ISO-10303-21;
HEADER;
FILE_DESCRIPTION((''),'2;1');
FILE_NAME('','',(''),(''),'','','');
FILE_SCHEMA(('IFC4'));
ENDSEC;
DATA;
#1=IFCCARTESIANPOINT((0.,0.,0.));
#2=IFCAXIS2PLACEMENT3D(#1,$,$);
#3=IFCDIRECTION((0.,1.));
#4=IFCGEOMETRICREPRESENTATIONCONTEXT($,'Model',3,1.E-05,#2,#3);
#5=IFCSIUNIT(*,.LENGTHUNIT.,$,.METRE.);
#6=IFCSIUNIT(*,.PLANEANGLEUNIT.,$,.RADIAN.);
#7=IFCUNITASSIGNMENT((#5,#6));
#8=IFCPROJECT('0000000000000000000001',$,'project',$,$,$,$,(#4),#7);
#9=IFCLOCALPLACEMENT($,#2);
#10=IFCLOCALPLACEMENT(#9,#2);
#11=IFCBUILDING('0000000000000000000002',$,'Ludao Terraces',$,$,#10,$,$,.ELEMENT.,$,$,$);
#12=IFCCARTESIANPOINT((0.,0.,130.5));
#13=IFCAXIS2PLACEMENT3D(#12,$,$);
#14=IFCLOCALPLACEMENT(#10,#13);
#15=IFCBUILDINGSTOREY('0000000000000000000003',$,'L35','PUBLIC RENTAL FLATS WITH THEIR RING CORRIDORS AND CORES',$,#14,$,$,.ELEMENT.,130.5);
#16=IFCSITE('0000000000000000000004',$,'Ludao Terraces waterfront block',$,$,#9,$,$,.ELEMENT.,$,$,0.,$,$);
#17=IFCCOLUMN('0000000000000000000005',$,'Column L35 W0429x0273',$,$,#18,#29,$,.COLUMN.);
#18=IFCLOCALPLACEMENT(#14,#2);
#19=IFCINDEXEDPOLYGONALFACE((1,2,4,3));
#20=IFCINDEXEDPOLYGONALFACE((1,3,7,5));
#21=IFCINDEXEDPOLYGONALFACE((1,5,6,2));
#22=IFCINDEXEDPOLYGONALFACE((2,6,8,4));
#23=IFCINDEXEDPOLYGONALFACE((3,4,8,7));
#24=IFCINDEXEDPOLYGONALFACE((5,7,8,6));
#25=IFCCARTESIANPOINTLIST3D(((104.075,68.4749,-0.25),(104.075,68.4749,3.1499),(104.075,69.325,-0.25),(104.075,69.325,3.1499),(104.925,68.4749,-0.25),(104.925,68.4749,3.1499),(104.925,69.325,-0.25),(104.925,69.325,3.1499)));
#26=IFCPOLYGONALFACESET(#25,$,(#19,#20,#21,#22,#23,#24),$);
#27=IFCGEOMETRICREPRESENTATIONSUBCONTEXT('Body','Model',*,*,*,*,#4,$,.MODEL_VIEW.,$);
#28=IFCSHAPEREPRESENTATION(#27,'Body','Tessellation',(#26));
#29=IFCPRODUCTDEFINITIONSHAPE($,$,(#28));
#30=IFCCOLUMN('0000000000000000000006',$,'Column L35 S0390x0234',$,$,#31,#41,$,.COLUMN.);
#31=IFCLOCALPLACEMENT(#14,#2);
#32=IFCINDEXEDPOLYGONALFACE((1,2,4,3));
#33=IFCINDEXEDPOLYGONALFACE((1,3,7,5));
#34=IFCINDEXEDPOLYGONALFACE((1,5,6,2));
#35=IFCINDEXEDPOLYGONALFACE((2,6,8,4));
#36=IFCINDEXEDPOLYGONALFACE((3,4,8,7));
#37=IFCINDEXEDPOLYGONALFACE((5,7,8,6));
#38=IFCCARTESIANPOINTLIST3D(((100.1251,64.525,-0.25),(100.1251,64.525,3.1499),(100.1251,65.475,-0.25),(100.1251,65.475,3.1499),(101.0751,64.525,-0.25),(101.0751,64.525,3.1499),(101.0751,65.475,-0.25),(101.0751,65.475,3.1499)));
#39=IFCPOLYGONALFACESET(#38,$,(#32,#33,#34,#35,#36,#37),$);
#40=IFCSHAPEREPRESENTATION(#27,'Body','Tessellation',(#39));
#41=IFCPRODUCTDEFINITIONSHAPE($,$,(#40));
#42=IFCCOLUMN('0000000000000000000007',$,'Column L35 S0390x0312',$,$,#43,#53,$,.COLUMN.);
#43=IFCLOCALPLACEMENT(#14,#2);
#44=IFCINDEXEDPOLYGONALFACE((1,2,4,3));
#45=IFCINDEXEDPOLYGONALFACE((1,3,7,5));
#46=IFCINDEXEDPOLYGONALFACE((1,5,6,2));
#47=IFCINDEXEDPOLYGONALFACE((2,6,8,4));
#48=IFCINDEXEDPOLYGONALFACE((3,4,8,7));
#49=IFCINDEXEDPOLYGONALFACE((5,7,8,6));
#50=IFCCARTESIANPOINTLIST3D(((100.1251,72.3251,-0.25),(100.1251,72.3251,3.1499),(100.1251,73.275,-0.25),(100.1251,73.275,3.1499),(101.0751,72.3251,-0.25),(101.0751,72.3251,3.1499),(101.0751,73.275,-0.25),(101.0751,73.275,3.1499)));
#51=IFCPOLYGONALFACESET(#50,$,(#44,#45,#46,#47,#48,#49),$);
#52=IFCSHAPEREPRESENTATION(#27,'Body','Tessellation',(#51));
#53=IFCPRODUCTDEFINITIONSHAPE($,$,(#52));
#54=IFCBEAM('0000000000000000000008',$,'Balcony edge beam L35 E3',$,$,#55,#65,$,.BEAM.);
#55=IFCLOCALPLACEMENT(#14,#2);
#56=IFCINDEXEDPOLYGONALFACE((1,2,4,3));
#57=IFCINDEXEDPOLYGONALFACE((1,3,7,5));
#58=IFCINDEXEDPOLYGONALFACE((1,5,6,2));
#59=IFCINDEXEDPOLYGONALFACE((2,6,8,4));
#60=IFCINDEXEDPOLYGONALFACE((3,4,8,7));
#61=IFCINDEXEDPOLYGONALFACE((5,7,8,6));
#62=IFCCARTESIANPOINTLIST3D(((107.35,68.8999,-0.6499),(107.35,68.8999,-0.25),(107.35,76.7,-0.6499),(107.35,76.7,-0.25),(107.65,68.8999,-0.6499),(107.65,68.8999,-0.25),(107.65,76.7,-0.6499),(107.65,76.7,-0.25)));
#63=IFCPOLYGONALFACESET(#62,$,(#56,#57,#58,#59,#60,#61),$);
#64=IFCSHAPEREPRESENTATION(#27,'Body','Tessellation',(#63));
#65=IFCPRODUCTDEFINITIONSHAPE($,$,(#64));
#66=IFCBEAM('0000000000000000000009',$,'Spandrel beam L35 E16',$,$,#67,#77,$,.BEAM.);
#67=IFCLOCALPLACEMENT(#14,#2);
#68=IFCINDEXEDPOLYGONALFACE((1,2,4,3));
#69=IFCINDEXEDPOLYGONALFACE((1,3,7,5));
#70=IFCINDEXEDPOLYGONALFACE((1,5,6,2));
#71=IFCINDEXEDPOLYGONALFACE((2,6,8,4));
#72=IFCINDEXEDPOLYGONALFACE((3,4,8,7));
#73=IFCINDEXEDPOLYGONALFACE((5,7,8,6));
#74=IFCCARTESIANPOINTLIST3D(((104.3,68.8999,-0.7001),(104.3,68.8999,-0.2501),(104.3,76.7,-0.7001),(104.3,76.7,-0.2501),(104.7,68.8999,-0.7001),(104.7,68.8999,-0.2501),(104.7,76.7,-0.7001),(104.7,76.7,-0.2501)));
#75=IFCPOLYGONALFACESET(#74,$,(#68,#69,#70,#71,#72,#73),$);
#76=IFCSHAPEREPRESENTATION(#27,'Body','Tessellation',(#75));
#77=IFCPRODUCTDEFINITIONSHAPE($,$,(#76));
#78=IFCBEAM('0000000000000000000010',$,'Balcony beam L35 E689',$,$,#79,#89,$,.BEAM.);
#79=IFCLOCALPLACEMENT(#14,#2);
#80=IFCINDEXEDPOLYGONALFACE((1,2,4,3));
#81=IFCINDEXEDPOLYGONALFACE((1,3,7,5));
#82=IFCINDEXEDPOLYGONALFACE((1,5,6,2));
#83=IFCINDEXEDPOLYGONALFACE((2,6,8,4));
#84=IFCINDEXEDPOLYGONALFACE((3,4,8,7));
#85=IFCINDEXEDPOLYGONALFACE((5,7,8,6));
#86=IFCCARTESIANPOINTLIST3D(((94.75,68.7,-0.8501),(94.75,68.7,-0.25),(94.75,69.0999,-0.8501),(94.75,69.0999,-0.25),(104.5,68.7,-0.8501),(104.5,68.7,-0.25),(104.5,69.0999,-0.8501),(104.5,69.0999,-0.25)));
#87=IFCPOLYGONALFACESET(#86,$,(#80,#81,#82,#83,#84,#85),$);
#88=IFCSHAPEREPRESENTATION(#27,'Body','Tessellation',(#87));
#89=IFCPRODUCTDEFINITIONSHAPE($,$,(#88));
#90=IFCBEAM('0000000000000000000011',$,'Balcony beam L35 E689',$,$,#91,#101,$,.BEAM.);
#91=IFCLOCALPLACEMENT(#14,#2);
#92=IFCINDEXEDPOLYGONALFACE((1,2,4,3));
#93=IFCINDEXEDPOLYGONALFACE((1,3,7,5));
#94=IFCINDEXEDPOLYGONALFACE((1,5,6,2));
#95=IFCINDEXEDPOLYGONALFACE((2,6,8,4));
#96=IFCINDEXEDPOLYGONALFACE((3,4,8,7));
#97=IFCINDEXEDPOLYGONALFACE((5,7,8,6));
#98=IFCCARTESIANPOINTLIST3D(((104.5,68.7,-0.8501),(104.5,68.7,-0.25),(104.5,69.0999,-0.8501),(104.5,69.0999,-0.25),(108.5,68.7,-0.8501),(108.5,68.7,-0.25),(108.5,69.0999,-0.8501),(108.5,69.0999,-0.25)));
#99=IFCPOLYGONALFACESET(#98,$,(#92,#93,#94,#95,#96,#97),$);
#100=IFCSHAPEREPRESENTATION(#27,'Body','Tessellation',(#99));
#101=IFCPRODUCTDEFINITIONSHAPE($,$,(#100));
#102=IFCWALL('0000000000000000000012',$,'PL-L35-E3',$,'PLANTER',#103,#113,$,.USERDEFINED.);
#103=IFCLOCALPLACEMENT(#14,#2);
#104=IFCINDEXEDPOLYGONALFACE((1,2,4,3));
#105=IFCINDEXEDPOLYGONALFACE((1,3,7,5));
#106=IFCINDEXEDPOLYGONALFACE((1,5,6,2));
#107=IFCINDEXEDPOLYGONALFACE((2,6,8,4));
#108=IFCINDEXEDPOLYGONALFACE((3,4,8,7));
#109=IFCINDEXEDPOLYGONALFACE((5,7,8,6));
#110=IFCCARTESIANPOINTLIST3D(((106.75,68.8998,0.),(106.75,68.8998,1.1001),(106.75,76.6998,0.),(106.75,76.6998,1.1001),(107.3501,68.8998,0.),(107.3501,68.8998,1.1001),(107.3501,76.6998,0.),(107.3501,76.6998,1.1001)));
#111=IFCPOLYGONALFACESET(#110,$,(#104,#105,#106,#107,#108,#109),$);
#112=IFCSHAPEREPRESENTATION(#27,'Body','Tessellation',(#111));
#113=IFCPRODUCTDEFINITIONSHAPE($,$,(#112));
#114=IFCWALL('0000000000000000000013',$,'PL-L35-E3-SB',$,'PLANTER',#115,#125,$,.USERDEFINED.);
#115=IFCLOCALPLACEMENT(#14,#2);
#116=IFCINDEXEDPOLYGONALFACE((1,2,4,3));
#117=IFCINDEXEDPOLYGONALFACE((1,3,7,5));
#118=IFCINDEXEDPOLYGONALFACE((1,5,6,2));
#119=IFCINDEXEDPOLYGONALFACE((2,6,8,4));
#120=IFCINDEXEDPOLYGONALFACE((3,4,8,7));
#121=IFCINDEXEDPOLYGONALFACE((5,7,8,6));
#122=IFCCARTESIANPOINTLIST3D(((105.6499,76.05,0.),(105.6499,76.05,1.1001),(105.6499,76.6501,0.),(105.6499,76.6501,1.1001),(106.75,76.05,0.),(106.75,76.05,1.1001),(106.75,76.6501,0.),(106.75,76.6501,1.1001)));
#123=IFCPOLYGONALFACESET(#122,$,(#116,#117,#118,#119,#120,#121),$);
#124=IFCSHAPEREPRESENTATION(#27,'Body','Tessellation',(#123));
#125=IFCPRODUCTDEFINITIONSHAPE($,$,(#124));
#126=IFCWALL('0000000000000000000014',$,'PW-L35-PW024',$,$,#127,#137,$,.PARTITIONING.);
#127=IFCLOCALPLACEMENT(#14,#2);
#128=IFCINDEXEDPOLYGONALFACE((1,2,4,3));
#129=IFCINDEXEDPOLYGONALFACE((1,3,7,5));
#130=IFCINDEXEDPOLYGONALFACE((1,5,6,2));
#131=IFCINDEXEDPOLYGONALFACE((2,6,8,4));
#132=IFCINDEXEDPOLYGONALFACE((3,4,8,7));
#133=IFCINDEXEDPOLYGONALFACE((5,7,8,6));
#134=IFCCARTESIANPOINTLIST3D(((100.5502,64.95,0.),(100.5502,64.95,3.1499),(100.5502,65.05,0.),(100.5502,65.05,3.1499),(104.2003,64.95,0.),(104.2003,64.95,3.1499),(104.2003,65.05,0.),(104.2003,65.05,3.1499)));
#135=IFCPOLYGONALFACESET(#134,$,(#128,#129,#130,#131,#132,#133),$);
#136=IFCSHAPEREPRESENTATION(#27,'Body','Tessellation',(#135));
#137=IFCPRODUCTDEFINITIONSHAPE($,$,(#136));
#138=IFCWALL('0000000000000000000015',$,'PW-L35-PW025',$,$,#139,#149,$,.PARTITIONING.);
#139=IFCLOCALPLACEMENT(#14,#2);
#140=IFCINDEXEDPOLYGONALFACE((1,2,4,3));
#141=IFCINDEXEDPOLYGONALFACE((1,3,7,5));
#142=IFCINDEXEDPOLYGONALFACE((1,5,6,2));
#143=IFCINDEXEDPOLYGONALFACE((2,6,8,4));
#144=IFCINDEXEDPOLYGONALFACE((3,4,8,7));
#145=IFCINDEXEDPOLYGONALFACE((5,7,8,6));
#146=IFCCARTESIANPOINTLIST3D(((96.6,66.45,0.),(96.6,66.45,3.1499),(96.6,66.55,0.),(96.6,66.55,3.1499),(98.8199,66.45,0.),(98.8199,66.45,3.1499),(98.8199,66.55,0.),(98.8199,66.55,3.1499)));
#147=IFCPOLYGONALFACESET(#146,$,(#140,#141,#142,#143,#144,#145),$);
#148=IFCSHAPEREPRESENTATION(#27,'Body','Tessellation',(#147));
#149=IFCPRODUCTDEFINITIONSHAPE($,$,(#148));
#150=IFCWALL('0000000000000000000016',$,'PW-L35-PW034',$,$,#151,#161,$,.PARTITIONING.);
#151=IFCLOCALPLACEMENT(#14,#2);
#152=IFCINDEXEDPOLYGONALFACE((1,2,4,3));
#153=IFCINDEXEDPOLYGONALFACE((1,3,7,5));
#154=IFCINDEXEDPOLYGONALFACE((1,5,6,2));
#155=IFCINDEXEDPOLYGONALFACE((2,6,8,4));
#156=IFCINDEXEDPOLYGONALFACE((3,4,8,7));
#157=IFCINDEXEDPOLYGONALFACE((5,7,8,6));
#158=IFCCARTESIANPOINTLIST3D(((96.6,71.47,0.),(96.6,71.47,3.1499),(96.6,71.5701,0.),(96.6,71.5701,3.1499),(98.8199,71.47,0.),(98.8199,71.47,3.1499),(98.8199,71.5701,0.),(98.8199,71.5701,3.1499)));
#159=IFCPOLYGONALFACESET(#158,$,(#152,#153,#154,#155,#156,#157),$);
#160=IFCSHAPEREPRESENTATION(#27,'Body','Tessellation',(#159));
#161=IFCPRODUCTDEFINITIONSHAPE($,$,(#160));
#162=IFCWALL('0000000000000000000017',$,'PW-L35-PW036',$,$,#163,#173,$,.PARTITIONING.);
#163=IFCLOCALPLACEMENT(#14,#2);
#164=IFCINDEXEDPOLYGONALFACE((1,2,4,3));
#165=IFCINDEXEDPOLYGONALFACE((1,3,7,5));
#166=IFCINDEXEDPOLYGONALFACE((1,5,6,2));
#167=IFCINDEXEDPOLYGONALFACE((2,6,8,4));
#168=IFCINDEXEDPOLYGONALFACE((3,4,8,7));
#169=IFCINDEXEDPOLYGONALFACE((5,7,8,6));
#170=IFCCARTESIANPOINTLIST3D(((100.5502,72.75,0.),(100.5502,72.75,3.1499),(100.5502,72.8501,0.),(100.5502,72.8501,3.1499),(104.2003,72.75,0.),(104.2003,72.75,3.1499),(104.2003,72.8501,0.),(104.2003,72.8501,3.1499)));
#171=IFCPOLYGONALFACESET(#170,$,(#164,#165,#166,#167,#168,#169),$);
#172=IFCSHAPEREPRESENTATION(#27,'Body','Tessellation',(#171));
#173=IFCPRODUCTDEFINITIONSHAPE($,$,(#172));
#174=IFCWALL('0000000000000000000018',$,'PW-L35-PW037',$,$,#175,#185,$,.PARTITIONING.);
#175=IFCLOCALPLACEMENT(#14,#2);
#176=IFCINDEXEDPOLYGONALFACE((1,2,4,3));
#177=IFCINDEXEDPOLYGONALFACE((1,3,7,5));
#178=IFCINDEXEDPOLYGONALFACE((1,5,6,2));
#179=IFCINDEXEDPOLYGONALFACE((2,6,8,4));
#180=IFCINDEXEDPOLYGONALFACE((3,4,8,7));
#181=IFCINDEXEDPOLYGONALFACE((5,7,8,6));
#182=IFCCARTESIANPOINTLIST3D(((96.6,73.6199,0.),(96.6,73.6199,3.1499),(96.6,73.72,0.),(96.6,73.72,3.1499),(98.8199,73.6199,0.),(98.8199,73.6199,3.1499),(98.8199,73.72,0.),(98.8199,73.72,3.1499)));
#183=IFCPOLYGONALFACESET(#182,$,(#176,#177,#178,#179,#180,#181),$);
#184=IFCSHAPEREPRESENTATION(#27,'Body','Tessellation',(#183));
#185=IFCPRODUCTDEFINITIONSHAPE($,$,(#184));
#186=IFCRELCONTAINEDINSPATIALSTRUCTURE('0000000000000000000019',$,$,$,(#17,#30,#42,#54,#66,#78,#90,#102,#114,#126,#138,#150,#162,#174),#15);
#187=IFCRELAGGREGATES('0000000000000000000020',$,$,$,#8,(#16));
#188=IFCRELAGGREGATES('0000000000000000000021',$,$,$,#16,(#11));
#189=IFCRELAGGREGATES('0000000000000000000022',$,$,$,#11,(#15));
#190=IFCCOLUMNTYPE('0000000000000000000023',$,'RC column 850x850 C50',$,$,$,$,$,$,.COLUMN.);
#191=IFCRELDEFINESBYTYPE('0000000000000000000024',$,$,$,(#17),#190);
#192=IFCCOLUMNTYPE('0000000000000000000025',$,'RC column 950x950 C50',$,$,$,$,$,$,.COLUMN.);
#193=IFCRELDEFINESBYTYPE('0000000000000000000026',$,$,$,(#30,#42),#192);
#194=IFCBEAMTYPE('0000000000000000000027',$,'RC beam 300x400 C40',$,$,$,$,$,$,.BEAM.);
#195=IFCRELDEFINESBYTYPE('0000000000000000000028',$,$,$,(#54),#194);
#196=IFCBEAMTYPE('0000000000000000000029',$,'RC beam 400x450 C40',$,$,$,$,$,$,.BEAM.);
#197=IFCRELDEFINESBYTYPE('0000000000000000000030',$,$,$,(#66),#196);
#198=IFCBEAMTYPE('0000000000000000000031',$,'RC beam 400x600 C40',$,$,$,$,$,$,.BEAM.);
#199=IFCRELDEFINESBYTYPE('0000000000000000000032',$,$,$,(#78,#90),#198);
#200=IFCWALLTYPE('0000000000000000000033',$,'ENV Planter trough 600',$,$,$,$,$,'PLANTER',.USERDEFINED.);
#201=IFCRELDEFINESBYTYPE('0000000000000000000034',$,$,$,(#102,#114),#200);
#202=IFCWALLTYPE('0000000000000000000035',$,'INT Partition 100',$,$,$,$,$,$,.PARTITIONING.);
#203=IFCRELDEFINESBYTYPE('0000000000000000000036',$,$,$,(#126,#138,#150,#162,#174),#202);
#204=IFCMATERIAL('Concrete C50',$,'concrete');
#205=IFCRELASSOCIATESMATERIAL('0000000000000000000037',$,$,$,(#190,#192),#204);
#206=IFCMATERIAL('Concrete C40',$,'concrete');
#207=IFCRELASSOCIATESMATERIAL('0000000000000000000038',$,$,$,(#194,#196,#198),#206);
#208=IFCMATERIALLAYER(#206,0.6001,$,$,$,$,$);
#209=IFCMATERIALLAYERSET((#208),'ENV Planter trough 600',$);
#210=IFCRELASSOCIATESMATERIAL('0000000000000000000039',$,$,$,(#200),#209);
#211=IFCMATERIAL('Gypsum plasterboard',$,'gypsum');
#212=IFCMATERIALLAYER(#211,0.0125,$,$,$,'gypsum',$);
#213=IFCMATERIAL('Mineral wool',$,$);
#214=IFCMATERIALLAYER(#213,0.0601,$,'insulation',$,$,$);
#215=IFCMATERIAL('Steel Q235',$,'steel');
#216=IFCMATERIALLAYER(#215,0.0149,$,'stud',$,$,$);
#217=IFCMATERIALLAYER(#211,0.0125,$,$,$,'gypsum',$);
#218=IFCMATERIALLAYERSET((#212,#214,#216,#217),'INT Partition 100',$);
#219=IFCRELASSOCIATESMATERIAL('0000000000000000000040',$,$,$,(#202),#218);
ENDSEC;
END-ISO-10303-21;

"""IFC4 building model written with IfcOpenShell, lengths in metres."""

from ifc_helpers import new_model, si_unit, direction, frame, frame_2d, origin, origin_2d, place, context, subcontext, project, spatial, rectangle, extrude, material, layer, layer_set, material_profile, profile_set, type_object, element, save


model = new_model("IFC4")

# Units and contexts
model_context = context("Model", 3, precision=1e-05, world=origin(), true_north=direction((0.0, 1.0)))
body_context = subcontext(model_context, "Body", "Model", "MODEL_VIEW")
ifc_project = project(units=[si_unit("LENGTHUNIT", "METRE"), si_unit("PLANEANGLEUNIT", "RADIAN")], contexts=[model_context])

# Site, building, storey
site_placement = place(None, origin())
site = spatial("IfcSite", under=ifc_project, at=site_placement, Name="Ludao Terraces waterfront block", CompositionType="ELEMENT", RefElevation=0.0)
building_placement = place(site_placement, origin())
building = spatial("IfcBuilding", under=site, at=building_placement, Name="Ludao Terraces", CompositionType="ELEMENT")
storey_placement = place(building_placement, frame((0.0, 0.0, 130.5)))
storey = spatial("IfcBuildingStorey", under=building, at=storey_placement, Name="L35", Description="PUBLIC RENTAL FLATS WITH THEIR RING CORRIDORS AND CORES", CompositionType="ELEMENT", Elevation=130.5)

# Columns
ifc_material_1 = material(Name="Concrete C50", Category="concrete")
ifc_material_profile_1 = material_profile(ifc_material_1, rectangle(XDim=0.8501, YDim=0.8501, at=origin_2d()), Name="850 X 850")
ifc_profile_set_1 = profile_set([ifc_material_profile_1], Name="Concrete C50")
column_type_1 = type_object("IfcColumnType", Name="RC column 850x850 C50", PredefinedType="COLUMN", material=ifc_profile_set_1)
column_placement = place(storey_placement, frame((104.5, 68.8999, -0.25), z_axis=(0.0, 0.0, 1.0), x_axis=(1.0, 0.0, 0.0)))
element("IfcColumn", 1, at=column_placement, inside=storey, type_object=column_type_1, Name="Column L35 W0429x0273", PredefinedType="COLUMN", context=body_context, shape_type="SweptSolid", body=[
    extrude(rectangle(XDim=0.8501, YDim=0.8501, at=origin_2d()), origin(), (0.0, 0.0, 1.0), 3.3999),
])
ifc_material_profile_2 = material_profile(ifc_material_1, rectangle(XDim=0.95, YDim=0.95, at=origin_2d()), Name="950 X 950")
ifc_profile_set_2 = profile_set([ifc_material_profile_2], Name="Concrete C50")
column_type_2 = type_object("IfcColumnType", Name="RC column 950x950 C50", PredefinedType="COLUMN", material=ifc_profile_set_2)
for number, where, z_axis, x_axis, name in (
    (2, (100.6001, 65.0, -0.25), (0.0, 0.0, 1.0), (1.0, 0.0, 0.0), "Column L35 S0390x0234"),
    (3, (100.6001, 72.8, -0.25), (0.0, 0.0, 1.0), (1.0, 0.0, 0.0), "Column L35 S0390x0312"),
):
    element("IfcColumn", number, at=place(storey_placement, frame(where, z_axis=z_axis, x_axis=x_axis)), inside=storey, type_object=column_type_2, Name=name, PredefinedType="COLUMN", context=body_context, shape_type="SweptSolid", body=[
        extrude(rectangle(XDim=0.95, YDim=0.95, at=origin_2d()), origin(), (0.0, 0.0, 1.0), 3.3999),
    ])

# Beams
ifc_material_2 = material(Name="Concrete C40", Category="concrete")
ifc_material_profile_3 = material_profile(ifc_material_2, rectangle(XDim=0.3, YDim=0.3999, at=origin_2d()), Name="300 X 400")
ifc_profile_set_3 = profile_set([ifc_material_profile_3], Name="Concrete C40")
beam_type_1 = type_object("IfcBeamType", Name="RC beam 300x400 C40", PredefinedType="BEAM", material=ifc_profile_set_3)
beam_1_placement = place(storey_placement, frame((107.5, 68.8999, -0.45), z_axis=(0.0, 1.0, 0.0), x_axis=(-1.0, 0.0, 0.0)))
element("IfcBeam", 4, at=beam_1_placement, inside=storey, type_object=beam_type_1, Name="Balcony edge beam L35 E3", PredefinedType="BEAM", context=body_context, shape_type="SweptSolid", body=[
    extrude(rectangle(XDim=0.3, YDim=0.3999, at=origin_2d()), origin(), (0.0, 0.0, 1.0), 7.8),
])
ifc_material_profile_4 = material_profile(ifc_material_2, rectangle(XDim=0.3999, YDim=0.45, at=origin_2d()), Name="400 X 450")
ifc_profile_set_4 = profile_set([ifc_material_profile_4], Name="Concrete C40")
beam_type_2 = type_object("IfcBeamType", Name="RC beam 400x450 C40", PredefinedType="BEAM", material=ifc_profile_set_4)
beam_2_placement = place(storey_placement, frame((104.5, 68.8999, -0.4751), z_axis=(0.0, 1.0, 0.0), x_axis=(-1.0, 0.0, 0.0)))
element("IfcBeam", 5, at=beam_2_placement, inside=storey, type_object=beam_type_2, Name="Spandrel beam L35 E16", PredefinedType="BEAM", context=body_context, shape_type="SweptSolid", body=[
    extrude(rectangle(XDim=0.3999, YDim=0.45, at=origin_2d()), origin(), (0.0, 0.0, 1.0), 7.8),
])
ifc_material_profile_5 = material_profile(ifc_material_2, rectangle(XDim=0.3999, YDim=0.6001, at=origin_2d()), Name="400 X 600")
ifc_profile_set_5 = profile_set([ifc_material_profile_5], Name="Concrete C40")
beam_type_3 = type_object("IfcBeamType", Name="RC beam 400x600 C40", PredefinedType="BEAM", material=ifc_profile_set_5)
beam_3_placement = place(storey_placement, frame((94.75, 68.8999, -0.55), z_axis=(1.0, 0.0, 0.0), x_axis=(0.0, 1.0, 0.0)))
element("IfcBeam", 6, at=beam_3_placement, inside=storey, type_object=beam_type_3, Name="Balcony beam L35 E689", PredefinedType="BEAM", context=body_context, shape_type="SweptSolid", body=[
    extrude(rectangle(XDim=0.3999, YDim=0.6001, at=origin_2d()), origin(), (0.0, 0.0, 1.0), 9.75),
])
beam_4_placement = place(storey_placement, frame((104.5, 68.8999, -0.55), z_axis=(1.0, 0.0, 0.0), x_axis=(0.0, 1.0, 0.0)))
element("IfcBeam", 7, at=beam_4_placement, inside=storey, type_object=beam_type_3, Name="Balcony beam L35 E689", PredefinedType="BEAM", context=body_context, shape_type="SweptSolid", body=[
    extrude(rectangle(XDim=0.3999, YDim=0.6001, at=origin_2d()), origin(), (0.0, 0.0, 1.0), 4.0),
])

# Walls
ifc_layer_1 = layer(ifc_material_2, 0.6001)
ifc_layer_set_1 = layer_set([ifc_layer_1], Name="ENV Planter trough 600")
wall_type_1 = type_object("IfcWallType", Name="ENV Planter trough 600", ElementType="PLANTER", PredefinedType="USERDEFINED", material=ifc_layer_set_1)
wall_1_placement = place(storey_placement, frame((107.05, 68.8999, 0.0), z_axis=(0.0, 0.0, 1.0), x_axis=(0.0, 1.0, 0.0)))
element("IfcWall", 8, at=wall_1_placement, inside=storey, type_object=wall_type_1, Name="PL-L35-E3", ObjectType="PLANTER", PredefinedType="USERDEFINED", context=body_context, shape_type="SweptSolid", body=[
    extrude(rectangle(XDim=7.8, YDim=0.6001, at=frame_2d((3.8999, 0.0))), origin(), (0.0, 0.0, 1.0), 1.1001),
])
wall_2_placement = place(storey_placement, frame((106.75, 76.3501, 0.0), z_axis=(0.0, 0.0, 1.0), x_axis=(-1.0, 0.0, 0.0)))
element("IfcWall", 9, at=wall_2_placement, inside=storey, type_object=wall_type_1, Name="PL-L35-E3-SB", ObjectType="PLANTER", PredefinedType="USERDEFINED", context=body_context, shape_type="SweptSolid", body=[
    extrude(rectangle(XDim=1.1001, YDim=0.6001, at=frame_2d((0.55, 0.0))), origin(), (0.0, 0.0, 1.0), 1.1001),
])

# Shared definitions
ifc_material_3 = material(Name="Mineral wool")

# Walls
ifc_material_4 = material(Name="Gypsum plasterboard", Category="gypsum")
ifc_layer_2 = layer(ifc_material_4, 0.0125, Category="gypsum")
ifc_layer_3 = layer(ifc_material_3, 0.0601, Name="insulation")
ifc_material_5 = material(Name="Steel Q235", Category="steel")
ifc_layer_4 = layer(ifc_material_5, 0.0149, Name="stud")
ifc_layer_5 = layer(ifc_material_4, 0.0125, Category="gypsum")
ifc_layer_set_2 = layer_set([ifc_layer_2, ifc_layer_3, ifc_layer_4, ifc_layer_5], Name="INT Partition 100")
wall_type_2 = type_object("IfcWallType", Name="INT Partition 100", PredefinedType="PARTITIONING", material=ifc_layer_set_2)
wall_3_placement = place(storey_placement, frame((100.55, 65.0, 0.0), z_axis=(0.0, 0.0, 1.0), x_axis=(1.0, 0.0, 0.0)))
element("IfcWall", 10, at=wall_3_placement, inside=storey, type_object=wall_type_2, Name="PW-L35-PW024", PredefinedType="PARTITIONING", context=body_context, shape_type="SweptSolid", body=[
    extrude(rectangle(XDim=3.6501, YDim=0.1001, at=frame_2d((1.8252, 0.0))), origin(), (0.0, 0.0, 1.0), 3.1499),
])
for number, where, z_axis, x_axis, name in (
    (11, (96.6001, 66.5, 0.0), (0.0, 0.0, 1.0), (1.0, 0.0, 0.0), "PW-L35-PW025"),
    (12, (96.6001, 71.52, 0.0), (0.0, 0.0, 1.0), (1.0, 0.0, 0.0), "PW-L35-PW034"),
):
    element("IfcWall", number, at=place(storey_placement, frame(where, z_axis=z_axis, x_axis=x_axis)), inside=storey, type_object=wall_type_2, Name=name, PredefinedType="PARTITIONING", context=body_context, shape_type="SweptSolid", body=[
        extrude(rectangle(XDim=2.22, YDim=0.1001, at=frame_2d((1.1099, 0.0))), origin(), (0.0, 0.0, 1.0), 3.1499),
    ])
wall_4_placement = place(storey_placement, frame((100.55, 72.8, 0.0), z_axis=(0.0, 0.0, 1.0), x_axis=(1.0, 0.0, 0.0)))
element("IfcWall", 13, at=wall_4_placement, inside=storey, type_object=wall_type_2, Name="PW-L35-PW036", PredefinedType="PARTITIONING", context=body_context, shape_type="SweptSolid", body=[
    extrude(rectangle(XDim=3.6501, YDim=0.1001, at=frame_2d((1.8252, 0.0))), origin(), (0.0, 0.0, 1.0), 3.1499),
])
for number, where, z_axis, x_axis, name in (
    (14, (96.6001, 73.6699, 0.0), (0.0, 0.0, 1.0), (1.0, 0.0, 0.0), "PW-L35-PW037"),
):
    element("IfcWall", number, at=place(storey_placement, frame(where, z_axis=z_axis, x_axis=x_axis)), inside=storey, type_object=wall_type_2, Name=name, PredefinedType="PARTITIONING", context=body_context, shape_type="SweptSolid", body=[
        extrude(rectangle(XDim=2.22, YDim=0.1001, at=frame_2d((1.1099, 0.0))), origin(), (0.0, 0.0, 1.0), 3.1499),
    ])

save(model, "model.ifc")
